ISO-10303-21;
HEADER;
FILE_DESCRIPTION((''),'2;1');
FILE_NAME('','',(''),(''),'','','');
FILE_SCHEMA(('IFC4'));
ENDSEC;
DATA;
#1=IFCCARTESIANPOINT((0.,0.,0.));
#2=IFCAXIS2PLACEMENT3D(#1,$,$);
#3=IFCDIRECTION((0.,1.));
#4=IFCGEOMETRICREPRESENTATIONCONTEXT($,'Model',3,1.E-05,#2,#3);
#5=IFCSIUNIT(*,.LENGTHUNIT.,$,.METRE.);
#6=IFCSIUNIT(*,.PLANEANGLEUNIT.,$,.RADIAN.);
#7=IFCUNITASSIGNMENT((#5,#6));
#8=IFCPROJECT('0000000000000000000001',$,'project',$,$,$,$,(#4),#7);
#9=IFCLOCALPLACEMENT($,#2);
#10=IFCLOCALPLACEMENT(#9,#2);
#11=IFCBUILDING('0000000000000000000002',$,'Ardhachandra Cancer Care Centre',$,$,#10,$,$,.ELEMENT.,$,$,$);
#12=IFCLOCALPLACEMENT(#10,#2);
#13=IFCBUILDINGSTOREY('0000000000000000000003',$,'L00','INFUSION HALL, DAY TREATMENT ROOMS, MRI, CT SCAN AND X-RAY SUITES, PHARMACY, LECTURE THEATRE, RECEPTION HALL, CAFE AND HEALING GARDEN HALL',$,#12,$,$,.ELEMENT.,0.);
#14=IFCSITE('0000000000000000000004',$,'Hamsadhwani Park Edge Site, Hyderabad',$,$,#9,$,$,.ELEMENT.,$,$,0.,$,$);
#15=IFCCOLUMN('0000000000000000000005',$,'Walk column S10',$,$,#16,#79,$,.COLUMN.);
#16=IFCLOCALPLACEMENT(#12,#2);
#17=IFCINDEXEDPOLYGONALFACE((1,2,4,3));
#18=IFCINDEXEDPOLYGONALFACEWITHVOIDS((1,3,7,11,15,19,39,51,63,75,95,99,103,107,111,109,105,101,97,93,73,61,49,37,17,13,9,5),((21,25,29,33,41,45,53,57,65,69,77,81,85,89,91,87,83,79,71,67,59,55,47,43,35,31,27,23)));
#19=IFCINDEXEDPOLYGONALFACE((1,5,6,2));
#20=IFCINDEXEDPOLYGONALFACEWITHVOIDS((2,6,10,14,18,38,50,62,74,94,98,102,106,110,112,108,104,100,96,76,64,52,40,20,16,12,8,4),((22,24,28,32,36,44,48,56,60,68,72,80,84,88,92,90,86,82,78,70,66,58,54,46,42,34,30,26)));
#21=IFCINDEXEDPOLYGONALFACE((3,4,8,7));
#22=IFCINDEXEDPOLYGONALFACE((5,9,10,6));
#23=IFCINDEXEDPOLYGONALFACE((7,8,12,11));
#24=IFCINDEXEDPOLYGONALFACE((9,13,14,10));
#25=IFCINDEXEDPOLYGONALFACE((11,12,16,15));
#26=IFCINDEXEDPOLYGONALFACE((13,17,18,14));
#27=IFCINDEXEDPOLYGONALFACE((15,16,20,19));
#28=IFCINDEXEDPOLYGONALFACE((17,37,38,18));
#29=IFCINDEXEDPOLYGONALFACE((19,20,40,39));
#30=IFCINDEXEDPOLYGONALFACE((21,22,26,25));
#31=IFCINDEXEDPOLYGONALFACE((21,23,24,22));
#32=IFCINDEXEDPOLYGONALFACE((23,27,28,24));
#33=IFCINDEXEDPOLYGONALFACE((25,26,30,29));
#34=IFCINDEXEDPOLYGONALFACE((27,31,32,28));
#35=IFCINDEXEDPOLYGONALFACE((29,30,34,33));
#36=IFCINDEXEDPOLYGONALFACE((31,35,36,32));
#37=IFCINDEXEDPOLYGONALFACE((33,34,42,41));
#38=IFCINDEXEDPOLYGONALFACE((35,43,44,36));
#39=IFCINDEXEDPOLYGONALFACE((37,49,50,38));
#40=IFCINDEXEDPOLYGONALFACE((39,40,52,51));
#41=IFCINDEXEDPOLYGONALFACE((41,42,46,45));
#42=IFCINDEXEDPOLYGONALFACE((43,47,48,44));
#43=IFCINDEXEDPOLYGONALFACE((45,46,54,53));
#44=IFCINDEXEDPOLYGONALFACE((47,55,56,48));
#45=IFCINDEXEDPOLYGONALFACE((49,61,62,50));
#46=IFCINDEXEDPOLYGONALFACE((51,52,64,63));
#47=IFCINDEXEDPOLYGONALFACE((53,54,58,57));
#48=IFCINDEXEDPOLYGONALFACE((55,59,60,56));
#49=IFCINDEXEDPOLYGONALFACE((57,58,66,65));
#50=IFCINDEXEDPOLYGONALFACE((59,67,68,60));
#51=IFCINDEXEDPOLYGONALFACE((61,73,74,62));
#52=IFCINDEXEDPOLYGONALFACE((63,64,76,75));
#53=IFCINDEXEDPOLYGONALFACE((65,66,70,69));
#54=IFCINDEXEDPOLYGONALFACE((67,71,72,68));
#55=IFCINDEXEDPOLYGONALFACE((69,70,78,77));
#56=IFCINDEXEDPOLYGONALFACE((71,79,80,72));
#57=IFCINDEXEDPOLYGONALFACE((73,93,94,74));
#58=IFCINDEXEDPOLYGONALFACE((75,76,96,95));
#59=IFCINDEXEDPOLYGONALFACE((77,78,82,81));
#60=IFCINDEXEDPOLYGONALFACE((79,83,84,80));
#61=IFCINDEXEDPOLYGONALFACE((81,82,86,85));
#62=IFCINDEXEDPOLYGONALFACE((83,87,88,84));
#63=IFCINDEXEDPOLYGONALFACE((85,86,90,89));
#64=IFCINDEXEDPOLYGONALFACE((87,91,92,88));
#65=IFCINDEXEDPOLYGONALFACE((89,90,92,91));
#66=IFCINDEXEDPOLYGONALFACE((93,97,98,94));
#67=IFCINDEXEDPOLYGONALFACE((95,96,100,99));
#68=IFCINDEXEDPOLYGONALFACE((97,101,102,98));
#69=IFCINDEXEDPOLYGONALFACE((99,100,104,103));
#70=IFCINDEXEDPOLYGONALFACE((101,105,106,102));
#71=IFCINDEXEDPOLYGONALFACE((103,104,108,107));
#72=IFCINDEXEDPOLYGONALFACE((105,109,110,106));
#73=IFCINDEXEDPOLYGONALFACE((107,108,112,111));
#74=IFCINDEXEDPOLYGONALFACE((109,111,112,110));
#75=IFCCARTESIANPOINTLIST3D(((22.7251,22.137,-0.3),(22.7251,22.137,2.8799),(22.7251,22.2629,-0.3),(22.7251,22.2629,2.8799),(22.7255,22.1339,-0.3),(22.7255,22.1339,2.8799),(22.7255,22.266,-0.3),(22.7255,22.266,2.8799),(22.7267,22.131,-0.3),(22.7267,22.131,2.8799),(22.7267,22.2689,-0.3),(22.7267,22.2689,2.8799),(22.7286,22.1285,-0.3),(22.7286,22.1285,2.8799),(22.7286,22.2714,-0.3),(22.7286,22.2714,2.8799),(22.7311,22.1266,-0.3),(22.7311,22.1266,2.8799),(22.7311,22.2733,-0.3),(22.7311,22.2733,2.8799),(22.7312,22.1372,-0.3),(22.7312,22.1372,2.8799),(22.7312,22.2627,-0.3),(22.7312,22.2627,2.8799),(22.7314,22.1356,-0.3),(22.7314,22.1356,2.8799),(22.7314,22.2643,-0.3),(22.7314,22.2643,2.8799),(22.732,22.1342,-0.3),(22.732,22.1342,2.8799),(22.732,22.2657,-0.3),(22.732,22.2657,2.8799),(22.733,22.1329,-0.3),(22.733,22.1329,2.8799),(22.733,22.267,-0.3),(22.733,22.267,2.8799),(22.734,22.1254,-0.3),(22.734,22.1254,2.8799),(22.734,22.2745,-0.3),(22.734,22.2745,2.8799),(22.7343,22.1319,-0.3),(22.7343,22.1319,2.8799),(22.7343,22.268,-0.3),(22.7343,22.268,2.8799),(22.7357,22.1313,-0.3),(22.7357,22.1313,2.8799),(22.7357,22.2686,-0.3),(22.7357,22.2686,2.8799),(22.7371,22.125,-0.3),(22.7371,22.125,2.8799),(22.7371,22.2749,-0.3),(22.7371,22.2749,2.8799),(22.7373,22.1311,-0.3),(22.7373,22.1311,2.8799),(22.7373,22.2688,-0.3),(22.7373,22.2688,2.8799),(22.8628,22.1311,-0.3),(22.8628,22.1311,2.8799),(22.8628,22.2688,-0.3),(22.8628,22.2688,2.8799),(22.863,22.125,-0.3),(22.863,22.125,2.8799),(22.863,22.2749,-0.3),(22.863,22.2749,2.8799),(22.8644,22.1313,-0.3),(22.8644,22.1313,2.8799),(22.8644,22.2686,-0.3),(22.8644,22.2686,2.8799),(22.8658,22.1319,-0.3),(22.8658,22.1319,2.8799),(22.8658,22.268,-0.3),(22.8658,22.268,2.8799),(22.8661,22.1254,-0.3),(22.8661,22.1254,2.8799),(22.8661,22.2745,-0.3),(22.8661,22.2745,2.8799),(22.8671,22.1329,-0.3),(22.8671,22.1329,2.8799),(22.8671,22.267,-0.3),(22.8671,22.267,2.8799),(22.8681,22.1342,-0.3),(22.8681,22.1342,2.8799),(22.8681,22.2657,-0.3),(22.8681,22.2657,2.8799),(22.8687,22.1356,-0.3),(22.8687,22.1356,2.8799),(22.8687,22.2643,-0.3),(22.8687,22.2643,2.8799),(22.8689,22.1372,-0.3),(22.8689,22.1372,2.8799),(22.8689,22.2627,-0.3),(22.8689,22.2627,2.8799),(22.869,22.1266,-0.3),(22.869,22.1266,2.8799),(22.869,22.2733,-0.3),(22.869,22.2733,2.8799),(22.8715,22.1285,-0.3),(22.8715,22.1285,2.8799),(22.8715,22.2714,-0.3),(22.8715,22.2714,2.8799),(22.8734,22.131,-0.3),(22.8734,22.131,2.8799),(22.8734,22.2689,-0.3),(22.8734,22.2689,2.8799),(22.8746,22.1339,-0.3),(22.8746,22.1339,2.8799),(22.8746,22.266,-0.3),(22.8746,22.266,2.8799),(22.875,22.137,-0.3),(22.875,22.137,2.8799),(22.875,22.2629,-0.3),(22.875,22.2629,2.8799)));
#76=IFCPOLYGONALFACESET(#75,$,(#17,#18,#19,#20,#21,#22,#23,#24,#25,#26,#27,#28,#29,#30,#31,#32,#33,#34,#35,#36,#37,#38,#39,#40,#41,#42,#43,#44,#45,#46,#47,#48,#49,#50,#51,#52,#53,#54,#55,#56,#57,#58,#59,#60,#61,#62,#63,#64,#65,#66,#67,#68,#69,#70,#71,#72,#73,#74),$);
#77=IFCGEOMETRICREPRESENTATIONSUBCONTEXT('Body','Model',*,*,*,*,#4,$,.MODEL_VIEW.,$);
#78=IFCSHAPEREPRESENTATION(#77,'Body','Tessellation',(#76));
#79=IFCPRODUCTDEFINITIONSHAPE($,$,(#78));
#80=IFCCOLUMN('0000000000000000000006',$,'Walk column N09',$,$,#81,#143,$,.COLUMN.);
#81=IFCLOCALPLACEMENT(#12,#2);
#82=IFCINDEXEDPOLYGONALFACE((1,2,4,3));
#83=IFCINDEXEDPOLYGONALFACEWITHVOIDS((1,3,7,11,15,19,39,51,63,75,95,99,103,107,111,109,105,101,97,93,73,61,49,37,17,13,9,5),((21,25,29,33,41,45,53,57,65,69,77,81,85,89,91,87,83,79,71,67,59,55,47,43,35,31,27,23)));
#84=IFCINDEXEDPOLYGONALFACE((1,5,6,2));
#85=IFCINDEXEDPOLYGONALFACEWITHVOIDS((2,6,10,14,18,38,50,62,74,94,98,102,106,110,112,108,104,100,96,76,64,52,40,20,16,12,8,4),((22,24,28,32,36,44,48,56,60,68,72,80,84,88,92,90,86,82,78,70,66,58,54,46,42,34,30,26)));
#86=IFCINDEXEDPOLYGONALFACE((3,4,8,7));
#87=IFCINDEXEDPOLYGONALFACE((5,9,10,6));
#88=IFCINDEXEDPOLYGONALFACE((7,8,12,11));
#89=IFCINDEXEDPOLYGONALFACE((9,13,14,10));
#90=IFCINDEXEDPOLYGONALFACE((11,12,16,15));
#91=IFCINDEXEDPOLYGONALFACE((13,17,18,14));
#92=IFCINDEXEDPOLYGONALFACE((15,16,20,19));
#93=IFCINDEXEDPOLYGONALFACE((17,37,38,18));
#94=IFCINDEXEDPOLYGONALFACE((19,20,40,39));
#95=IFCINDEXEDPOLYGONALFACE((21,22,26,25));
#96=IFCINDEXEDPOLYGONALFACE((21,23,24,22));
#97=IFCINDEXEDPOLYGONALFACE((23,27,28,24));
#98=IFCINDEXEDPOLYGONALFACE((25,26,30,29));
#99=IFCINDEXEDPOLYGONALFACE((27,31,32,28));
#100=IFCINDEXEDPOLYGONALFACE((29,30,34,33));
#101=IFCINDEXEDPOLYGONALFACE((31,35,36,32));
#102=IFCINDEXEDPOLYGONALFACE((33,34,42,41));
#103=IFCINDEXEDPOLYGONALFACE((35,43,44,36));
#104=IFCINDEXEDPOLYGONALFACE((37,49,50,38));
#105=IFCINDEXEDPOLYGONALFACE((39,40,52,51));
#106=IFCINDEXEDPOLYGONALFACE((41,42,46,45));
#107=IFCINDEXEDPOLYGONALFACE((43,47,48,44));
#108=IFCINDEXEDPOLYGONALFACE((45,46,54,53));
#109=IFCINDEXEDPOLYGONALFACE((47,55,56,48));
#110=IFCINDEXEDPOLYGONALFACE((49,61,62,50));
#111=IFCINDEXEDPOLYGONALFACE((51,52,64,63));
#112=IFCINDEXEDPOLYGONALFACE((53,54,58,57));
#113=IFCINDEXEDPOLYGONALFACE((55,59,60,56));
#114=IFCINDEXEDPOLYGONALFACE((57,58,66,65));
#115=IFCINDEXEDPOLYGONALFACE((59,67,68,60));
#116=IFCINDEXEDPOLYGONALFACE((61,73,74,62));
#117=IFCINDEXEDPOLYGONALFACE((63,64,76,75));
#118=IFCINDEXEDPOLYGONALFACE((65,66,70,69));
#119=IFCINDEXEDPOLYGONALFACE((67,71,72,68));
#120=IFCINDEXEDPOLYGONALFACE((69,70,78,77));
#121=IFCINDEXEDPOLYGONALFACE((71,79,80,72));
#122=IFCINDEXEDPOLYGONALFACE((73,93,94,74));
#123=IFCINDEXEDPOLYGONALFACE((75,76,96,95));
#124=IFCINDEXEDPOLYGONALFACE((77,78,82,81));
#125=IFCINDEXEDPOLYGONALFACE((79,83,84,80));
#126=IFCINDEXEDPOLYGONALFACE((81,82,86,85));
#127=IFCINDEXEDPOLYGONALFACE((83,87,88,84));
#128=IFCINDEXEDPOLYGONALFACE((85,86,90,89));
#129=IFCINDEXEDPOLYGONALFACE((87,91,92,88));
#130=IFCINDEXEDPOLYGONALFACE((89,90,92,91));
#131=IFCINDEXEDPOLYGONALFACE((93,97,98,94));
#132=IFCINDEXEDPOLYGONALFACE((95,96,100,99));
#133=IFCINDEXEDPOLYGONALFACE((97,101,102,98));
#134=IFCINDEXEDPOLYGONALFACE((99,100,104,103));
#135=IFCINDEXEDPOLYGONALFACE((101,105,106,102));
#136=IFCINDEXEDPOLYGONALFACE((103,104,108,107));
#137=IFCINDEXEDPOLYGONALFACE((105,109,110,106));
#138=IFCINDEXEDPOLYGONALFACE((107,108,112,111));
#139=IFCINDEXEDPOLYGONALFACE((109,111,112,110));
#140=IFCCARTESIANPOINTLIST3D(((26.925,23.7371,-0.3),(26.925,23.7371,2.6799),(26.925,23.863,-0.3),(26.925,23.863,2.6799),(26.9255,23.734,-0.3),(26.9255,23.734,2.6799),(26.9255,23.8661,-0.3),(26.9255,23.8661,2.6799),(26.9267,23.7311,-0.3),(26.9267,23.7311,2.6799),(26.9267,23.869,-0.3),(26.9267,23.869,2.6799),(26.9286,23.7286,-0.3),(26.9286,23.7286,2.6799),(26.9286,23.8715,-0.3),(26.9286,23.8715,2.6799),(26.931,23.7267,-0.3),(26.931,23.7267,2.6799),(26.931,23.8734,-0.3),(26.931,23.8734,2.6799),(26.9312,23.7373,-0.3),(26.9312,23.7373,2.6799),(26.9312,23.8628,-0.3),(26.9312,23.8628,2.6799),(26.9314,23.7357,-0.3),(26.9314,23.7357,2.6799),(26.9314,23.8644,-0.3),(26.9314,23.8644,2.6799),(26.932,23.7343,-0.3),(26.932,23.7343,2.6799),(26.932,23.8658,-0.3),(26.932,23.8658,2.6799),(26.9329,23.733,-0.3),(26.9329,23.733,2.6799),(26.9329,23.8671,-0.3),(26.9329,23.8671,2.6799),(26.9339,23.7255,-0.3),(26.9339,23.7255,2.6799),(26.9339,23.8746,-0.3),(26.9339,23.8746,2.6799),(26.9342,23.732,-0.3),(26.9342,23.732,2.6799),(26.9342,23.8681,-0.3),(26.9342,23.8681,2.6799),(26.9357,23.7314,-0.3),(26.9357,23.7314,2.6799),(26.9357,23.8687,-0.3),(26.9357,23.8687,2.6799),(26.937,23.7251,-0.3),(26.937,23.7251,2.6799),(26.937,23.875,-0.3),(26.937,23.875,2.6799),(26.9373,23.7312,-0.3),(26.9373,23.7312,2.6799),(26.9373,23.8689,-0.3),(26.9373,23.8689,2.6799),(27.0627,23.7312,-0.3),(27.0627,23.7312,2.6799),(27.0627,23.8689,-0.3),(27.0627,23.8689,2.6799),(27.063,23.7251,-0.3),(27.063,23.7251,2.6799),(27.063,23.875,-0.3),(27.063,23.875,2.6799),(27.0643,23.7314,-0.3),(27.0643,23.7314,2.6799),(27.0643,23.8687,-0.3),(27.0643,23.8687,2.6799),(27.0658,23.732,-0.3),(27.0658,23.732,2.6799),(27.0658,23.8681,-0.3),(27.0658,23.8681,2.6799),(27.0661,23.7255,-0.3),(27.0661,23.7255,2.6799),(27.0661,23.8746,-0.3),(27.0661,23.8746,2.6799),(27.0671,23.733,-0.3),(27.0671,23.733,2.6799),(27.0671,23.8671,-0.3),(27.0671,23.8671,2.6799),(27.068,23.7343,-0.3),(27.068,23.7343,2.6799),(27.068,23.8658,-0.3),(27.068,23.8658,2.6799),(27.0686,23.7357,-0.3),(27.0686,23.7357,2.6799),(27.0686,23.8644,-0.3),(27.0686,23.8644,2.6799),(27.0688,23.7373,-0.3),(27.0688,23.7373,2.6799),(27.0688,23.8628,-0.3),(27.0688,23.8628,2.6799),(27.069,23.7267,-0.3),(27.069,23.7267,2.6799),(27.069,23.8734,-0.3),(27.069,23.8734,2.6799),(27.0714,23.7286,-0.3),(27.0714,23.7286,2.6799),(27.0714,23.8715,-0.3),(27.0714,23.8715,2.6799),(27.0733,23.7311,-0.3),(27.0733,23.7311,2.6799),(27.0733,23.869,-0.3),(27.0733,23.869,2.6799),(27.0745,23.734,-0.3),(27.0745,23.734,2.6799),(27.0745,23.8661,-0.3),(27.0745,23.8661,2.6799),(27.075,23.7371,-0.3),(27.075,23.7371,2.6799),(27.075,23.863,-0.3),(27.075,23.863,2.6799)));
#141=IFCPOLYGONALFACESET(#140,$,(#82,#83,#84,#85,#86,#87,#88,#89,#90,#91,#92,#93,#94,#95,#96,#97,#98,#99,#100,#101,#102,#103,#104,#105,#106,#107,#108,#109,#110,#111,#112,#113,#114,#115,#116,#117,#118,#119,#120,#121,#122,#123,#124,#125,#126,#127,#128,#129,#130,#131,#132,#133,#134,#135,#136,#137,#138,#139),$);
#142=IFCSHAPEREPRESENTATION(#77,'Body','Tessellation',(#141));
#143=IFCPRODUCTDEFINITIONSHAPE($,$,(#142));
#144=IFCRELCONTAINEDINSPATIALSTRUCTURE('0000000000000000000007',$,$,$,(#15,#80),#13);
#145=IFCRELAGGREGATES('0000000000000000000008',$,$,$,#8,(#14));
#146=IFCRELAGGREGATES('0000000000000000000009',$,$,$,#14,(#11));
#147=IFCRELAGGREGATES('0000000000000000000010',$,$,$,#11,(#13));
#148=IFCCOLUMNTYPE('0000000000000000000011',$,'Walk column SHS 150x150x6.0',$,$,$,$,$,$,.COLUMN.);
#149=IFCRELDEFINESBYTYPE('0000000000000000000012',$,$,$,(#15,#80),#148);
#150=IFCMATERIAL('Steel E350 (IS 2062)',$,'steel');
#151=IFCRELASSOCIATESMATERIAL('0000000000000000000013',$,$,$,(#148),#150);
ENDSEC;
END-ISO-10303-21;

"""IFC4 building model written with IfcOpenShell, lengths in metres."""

from ifc_helpers import new_model, si_unit, direction, frame, origin, origin_2d, place, context, subcontext, project, spatial, hollow_rectangle, extrude, material, material_profile, profile_set, type_object, element, save


model = new_model("IFC4")

# Units and contexts
model_context = context("Model", 3, precision=1e-05, world=origin(), true_north=direction((0.0, 1.0)))
body_context = subcontext(model_context, "Body", "Model", "MODEL_VIEW")
ifc_project = project(units=[si_unit("LENGTHUNIT", "METRE"), si_unit("PLANEANGLEUNIT", "RADIAN")], contexts=[model_context])

# Site, building, storey
site_placement = place(None, origin())
site = spatial("IfcSite", under=ifc_project, at=site_placement, Name="Hamsadhwani Park Edge Site, Hyderabad", CompositionType="ELEMENT", RefElevation=0.0)
building_placement = place(site_placement, origin())
building = spatial("IfcBuilding", under=site, at=building_placement, Name="Ardhachandra Cancer Care Centre", CompositionType="ELEMENT")
storey_placement = place(building_placement, origin())
storey = spatial("IfcBuildingStorey", under=building, at=storey_placement, Name="L00", Description="INFUSION HALL, DAY TREATMENT ROOMS, MRI, CT SCAN AND X-RAY SUITES, PHARMACY, LECTURE THEATRE, RECEPTION HALL, CAFE AND HEALING GARDEN HALL", CompositionType="ELEMENT", Elevation=0.0)

# Columns
ifc_material_1 = material(Name="Steel E350 (IS 2062)", Category="steel")
ifc_material_profile_1 = material_profile(ifc_material_1, hollow_rectangle(XDim=0.1499, YDim=0.1499, WallThickness=0.0061, InnerFilletRadius=0.0061, OuterFilletRadius=0.012, at=origin_2d()), Name="SHS 150x150x6.0")
ifc_profile_set_1 = profile_set([ifc_material_profile_1], Name="Steel E350 (IS 2062)")
column_type_1 = type_object("IfcColumnType", Name="Walk column SHS 150x150x6.0", PredefinedType="COLUMN", material=ifc_profile_set_1)
column_1_placement = place(storey_placement, frame((22.8, 22.2, -0.3), z_axis=(0.0, 0.0, 1.0), x_axis=(1.0, 0.0, 0.0)))
element("IfcColumn", 1, at=column_1_placement, inside=storey, type_object=column_type_1, Name="Walk column S10", PredefinedType="COLUMN", context=body_context, shape_type="SweptSolid", body=[
    extrude(hollow_rectangle(XDim=0.1499, YDim=0.1499, WallThickness=0.0061, InnerFilletRadius=0.0061, OuterFilletRadius=0.012, at=origin_2d()), origin(), (0.0, 0.0, 1.0), 3.1799),
])
column_2_placement = place(storey_placement, frame((27.0, 23.8, -0.3), z_axis=(0.0, 0.0, 1.0), x_axis=(1.0, 0.0, 0.0)))
element("IfcColumn", 2, at=column_2_placement, inside=storey, type_object=column_type_1, Name="Walk column N09", PredefinedType="COLUMN", context=body_context, shape_type="SweptSolid", body=[
    extrude(hollow_rectangle(XDim=0.1499, YDim=0.1499, WallThickness=0.0061, InnerFilletRadius=0.0061, OuterFilletRadius=0.012, at=origin_2d()), origin(), (0.0, 0.0, 1.0), 2.98),
])

save(model, "model.ifc")
